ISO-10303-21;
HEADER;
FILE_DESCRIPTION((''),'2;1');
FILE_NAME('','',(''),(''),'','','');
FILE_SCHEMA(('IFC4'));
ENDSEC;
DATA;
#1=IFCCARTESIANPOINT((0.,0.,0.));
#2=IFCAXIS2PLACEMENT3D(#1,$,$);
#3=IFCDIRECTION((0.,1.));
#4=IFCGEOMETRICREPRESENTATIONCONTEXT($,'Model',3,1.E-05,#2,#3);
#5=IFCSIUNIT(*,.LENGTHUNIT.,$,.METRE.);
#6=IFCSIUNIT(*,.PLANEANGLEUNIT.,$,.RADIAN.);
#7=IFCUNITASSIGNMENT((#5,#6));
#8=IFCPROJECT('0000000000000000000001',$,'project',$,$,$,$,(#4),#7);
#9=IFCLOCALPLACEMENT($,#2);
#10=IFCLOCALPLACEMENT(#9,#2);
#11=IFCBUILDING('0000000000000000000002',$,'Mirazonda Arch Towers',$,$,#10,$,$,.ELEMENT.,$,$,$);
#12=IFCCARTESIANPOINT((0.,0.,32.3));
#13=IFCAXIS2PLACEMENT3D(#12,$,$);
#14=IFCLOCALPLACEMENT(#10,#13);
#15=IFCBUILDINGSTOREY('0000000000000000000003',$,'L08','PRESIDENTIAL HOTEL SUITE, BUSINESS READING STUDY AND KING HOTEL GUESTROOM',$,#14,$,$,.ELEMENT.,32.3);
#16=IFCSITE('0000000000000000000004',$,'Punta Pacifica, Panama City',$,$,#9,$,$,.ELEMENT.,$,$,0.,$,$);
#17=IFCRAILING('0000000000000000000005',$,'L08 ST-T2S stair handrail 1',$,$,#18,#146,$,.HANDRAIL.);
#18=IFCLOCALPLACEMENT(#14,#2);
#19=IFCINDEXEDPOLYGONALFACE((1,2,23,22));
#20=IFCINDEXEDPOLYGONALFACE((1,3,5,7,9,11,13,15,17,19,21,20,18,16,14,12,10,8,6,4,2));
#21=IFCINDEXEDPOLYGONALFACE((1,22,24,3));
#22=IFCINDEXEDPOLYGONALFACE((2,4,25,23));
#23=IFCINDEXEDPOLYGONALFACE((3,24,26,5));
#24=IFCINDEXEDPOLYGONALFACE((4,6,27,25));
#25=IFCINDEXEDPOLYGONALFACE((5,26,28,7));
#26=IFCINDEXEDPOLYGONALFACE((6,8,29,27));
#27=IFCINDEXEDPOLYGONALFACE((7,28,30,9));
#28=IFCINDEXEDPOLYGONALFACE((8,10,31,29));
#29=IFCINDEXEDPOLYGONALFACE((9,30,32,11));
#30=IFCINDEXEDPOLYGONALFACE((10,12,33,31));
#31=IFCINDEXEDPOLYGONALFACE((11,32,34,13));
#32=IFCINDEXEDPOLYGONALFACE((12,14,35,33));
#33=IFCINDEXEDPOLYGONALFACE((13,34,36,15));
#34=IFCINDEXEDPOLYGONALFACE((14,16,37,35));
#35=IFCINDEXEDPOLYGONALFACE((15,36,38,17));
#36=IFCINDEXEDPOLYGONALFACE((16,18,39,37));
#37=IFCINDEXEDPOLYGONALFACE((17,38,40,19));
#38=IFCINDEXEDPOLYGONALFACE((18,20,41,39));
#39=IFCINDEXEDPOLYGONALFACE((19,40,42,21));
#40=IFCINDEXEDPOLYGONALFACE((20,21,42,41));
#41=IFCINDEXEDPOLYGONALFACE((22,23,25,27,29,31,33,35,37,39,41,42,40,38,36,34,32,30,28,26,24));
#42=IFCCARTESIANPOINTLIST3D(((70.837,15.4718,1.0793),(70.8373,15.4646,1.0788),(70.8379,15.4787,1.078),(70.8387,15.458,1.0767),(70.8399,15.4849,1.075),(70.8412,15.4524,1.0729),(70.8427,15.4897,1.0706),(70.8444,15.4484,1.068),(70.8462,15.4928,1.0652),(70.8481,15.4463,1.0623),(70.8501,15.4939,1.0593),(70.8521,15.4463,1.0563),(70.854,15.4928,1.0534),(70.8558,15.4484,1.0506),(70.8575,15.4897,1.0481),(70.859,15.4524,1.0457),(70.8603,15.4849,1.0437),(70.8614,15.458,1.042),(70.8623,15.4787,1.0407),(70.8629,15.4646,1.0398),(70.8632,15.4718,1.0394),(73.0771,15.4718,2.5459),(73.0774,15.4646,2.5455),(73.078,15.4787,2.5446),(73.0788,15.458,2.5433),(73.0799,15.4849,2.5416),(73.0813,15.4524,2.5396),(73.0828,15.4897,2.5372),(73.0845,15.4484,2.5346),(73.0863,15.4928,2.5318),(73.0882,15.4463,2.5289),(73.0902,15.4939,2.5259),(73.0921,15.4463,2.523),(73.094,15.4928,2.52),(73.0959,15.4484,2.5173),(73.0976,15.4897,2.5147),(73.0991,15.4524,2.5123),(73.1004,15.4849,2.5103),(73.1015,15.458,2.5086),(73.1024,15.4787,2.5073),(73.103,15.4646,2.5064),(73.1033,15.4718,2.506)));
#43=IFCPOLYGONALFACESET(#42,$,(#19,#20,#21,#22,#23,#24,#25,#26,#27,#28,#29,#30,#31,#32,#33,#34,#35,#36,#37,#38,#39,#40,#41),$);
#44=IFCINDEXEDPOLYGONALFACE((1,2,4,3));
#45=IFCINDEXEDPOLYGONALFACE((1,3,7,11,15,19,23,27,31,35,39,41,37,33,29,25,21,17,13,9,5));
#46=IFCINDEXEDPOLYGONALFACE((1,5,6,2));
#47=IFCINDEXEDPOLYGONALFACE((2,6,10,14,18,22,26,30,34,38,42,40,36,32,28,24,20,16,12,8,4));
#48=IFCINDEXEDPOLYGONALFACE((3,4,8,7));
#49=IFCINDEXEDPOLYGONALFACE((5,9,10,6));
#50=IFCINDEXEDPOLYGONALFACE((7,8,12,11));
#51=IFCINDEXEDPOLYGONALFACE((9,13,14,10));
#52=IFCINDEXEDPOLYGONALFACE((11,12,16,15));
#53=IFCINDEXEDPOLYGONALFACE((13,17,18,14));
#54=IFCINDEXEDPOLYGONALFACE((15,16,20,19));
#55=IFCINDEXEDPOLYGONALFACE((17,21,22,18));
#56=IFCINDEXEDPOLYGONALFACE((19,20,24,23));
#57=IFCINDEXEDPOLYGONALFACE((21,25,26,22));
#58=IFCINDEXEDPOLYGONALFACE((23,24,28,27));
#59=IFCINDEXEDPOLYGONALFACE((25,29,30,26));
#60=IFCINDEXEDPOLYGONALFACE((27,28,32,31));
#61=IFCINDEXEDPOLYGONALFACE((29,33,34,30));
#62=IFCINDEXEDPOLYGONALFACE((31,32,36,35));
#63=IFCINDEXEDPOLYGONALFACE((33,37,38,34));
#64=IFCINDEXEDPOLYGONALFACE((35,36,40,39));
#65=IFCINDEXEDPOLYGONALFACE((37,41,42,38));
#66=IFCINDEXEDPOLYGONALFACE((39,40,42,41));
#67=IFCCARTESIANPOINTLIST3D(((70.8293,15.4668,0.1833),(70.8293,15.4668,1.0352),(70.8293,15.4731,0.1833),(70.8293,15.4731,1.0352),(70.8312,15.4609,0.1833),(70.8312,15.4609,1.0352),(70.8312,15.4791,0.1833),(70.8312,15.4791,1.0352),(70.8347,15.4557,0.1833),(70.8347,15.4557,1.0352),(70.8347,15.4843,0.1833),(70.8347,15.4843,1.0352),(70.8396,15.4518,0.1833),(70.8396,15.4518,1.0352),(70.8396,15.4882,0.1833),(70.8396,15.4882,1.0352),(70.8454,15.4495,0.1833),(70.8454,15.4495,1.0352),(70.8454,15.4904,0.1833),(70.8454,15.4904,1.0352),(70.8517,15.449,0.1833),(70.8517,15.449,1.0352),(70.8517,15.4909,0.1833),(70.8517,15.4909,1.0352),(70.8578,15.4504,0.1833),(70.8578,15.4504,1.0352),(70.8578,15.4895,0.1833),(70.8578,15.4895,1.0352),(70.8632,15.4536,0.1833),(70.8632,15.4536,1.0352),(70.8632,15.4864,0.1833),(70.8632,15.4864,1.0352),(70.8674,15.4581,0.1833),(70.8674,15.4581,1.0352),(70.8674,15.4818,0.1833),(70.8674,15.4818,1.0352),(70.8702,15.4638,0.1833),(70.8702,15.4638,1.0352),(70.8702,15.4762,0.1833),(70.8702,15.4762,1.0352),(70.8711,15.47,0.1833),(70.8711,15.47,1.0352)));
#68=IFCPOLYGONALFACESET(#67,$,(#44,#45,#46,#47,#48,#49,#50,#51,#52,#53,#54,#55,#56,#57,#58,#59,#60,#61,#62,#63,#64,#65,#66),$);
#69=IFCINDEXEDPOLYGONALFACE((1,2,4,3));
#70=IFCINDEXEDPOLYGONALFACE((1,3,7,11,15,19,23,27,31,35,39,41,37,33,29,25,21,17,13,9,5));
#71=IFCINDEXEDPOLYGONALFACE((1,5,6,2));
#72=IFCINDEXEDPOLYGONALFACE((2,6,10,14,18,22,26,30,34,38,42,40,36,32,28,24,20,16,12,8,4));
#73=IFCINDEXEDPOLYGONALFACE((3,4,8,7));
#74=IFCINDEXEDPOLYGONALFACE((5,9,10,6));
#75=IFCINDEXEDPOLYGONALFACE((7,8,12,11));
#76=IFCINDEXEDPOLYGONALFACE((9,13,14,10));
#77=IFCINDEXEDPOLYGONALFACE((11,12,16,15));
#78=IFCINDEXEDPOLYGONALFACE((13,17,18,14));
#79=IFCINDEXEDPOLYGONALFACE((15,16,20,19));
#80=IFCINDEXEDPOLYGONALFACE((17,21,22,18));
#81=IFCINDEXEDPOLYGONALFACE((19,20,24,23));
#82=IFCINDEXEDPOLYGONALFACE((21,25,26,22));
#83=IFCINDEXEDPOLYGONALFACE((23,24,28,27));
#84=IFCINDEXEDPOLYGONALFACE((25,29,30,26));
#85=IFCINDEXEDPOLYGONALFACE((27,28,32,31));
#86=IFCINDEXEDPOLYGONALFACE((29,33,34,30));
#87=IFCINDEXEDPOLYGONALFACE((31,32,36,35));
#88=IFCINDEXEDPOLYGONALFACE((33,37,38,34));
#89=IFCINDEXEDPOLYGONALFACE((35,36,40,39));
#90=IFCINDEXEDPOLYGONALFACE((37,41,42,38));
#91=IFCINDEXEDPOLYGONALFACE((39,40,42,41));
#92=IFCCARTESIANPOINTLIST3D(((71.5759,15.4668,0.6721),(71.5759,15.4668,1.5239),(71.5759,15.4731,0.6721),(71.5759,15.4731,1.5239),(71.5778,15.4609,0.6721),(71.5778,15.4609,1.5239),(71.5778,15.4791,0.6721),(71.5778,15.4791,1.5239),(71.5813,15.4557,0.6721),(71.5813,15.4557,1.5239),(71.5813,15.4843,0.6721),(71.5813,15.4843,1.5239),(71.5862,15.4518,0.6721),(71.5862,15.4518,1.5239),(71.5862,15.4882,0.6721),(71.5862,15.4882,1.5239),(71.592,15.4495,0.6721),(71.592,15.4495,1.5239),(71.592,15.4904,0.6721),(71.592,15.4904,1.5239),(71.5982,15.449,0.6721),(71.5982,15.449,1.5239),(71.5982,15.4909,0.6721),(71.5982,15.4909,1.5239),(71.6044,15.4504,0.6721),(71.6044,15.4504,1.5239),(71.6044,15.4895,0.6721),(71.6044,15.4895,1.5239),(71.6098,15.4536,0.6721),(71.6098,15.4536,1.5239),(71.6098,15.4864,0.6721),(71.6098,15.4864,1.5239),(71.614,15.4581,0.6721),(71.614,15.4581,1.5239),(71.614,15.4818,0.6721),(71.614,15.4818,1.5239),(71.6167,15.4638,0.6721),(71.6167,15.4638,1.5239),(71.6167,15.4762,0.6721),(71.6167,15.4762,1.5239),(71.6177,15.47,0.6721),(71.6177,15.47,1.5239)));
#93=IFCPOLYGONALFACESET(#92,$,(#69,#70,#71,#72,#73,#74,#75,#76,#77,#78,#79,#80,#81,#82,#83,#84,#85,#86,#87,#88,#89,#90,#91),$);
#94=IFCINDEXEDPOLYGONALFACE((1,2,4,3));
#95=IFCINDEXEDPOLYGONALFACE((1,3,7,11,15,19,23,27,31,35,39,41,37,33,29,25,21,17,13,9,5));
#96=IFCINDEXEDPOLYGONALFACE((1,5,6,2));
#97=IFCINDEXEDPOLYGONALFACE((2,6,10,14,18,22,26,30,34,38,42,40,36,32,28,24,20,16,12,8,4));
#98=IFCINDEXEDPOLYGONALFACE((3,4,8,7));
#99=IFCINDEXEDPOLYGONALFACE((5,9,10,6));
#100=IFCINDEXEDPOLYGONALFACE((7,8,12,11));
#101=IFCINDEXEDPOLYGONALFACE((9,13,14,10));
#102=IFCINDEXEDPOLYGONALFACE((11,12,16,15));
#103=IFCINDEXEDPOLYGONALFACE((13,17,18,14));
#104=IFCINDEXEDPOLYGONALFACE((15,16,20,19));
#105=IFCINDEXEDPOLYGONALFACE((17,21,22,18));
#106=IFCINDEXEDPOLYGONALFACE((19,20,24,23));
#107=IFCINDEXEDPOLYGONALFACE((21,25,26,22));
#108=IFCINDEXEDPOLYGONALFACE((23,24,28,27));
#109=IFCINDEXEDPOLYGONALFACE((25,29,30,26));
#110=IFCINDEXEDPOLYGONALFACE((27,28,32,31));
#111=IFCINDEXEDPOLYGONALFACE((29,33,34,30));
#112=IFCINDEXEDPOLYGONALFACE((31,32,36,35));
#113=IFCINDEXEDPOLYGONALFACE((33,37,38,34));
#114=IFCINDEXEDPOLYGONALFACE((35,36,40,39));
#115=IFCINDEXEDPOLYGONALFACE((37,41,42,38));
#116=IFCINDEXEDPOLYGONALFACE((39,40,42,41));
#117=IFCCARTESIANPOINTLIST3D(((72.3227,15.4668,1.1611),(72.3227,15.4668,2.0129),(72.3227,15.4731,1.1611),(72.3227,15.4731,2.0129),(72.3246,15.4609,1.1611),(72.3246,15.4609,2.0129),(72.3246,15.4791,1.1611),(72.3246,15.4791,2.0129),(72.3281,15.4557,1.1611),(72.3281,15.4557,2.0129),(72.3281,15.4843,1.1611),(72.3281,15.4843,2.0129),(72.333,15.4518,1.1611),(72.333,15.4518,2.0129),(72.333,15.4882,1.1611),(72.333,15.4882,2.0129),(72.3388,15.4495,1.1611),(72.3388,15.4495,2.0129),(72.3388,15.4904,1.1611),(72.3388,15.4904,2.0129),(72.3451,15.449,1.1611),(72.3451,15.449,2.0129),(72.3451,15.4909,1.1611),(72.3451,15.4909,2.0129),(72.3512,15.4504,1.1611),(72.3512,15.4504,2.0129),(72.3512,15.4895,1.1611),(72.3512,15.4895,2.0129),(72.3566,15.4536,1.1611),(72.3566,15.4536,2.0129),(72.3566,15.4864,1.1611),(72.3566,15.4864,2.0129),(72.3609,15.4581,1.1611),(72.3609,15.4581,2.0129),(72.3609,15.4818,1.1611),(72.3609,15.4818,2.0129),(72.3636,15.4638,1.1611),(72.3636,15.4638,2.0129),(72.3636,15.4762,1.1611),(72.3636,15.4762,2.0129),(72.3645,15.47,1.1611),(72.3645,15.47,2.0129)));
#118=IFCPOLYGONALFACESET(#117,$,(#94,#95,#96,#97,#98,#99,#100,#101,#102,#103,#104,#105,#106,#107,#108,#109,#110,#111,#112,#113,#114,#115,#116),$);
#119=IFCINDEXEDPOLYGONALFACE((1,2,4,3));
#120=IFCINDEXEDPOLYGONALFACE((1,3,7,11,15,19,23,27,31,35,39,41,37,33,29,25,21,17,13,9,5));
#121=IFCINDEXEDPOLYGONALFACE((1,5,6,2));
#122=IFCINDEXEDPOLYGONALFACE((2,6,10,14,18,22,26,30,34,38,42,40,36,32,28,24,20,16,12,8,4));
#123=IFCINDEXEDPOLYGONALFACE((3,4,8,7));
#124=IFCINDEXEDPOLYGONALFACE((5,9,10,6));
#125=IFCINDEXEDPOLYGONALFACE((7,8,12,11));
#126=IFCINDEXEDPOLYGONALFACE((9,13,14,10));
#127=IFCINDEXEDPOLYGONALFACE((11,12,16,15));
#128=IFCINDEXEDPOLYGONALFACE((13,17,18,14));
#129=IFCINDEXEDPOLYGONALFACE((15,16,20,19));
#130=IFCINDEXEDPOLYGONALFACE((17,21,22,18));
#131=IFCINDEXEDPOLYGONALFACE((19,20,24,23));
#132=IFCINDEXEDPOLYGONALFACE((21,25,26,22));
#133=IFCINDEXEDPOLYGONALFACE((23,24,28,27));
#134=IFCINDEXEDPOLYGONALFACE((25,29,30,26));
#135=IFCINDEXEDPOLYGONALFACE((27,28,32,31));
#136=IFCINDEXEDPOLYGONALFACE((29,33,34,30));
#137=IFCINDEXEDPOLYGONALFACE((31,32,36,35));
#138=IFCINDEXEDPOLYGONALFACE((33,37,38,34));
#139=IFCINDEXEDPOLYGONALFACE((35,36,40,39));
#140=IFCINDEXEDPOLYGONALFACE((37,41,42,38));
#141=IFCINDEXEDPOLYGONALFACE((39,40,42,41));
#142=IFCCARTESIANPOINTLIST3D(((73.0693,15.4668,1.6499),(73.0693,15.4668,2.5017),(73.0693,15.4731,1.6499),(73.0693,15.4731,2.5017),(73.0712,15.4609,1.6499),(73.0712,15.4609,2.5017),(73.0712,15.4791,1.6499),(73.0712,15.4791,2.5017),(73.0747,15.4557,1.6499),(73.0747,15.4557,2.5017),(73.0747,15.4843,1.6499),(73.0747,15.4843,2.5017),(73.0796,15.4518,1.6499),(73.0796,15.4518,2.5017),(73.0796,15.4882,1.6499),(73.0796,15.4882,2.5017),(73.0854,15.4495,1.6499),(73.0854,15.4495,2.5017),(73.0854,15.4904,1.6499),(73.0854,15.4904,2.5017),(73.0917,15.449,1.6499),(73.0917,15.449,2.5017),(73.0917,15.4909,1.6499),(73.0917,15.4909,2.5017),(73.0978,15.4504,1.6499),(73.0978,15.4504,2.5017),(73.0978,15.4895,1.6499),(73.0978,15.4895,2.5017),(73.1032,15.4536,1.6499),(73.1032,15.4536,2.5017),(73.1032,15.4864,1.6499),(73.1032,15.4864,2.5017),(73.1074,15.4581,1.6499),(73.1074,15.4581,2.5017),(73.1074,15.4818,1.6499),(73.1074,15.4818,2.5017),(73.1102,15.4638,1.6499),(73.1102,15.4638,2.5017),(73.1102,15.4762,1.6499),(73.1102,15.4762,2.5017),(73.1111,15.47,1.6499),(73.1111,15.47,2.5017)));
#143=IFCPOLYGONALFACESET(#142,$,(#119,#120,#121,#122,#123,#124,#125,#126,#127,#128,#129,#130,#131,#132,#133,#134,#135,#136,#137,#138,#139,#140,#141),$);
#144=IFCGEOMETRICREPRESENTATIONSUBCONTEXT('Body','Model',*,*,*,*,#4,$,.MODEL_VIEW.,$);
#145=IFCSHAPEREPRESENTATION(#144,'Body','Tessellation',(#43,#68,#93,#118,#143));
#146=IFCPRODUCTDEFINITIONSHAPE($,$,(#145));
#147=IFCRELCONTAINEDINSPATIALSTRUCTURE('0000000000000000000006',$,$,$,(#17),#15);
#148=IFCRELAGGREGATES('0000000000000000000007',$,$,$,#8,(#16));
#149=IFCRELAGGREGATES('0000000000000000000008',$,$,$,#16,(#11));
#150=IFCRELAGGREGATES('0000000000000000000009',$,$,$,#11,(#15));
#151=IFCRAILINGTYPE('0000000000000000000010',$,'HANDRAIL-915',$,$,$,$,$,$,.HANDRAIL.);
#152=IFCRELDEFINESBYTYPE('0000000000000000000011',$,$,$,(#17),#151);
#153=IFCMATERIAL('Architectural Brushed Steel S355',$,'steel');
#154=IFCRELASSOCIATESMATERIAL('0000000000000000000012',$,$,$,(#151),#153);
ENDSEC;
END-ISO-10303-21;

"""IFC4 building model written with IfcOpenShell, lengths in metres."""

from ifc_helpers import new_model, si_unit, direction, frame, origin, origin_2d, place, context, subcontext, project, spatial, circle, extrude, material, type_object, element, save


model = new_model("IFC4")

# Units and contexts
model_context = context("Model", 3, precision=1e-05, world=origin(), true_north=direction((0.0, 1.0)))
body_context = subcontext(model_context, "Body", "Model", "MODEL_VIEW")
ifc_project = project(units=[si_unit("LENGTHUNIT", "METRE"), si_unit("PLANEANGLEUNIT", "RADIAN")], contexts=[model_context])

# Site, building, storey
site_placement = place(None, origin())
site = spatial("IfcSite", under=ifc_project, at=site_placement, Name="Punta Pacifica, Panama City", CompositionType="ELEMENT", RefElevation=0.0)
building_placement = place(site_placement, origin())
building = spatial("IfcBuilding", under=site, at=building_placement, Name="Mirazonda Arch Towers", CompositionType="ELEMENT")
storey_placement = place(building_placement, frame((0.0, 0.0, 32.3)))
storey = spatial("IfcBuildingStorey", under=building, at=storey_placement, Name="L08", Description="PRESIDENTIAL HOTEL SUITE, BUSINESS READING STUDY AND KING HOTEL GUESTROOM", CompositionType="ELEMENT", Elevation=32.3)

# Railing
ifc_material_1 = material(Name="Architectural Brushed Steel S355", Category="steel")
railing_type_1 = type_object("IfcRailingType", Name="HANDRAIL-915", PredefinedType="HANDRAIL", material=ifc_material_1)
railing_1_placement = place(storey_placement, frame((70.8501, 15.47, 0.1833)))
element("IfcRailing", 1, at=railing_1_placement, inside=storey, type_object=railing_type_1, Name="L08 ST-T2S stair handrail 1", PredefinedType="HANDRAIL", context=body_context, shape_type="SweptSolid", body=[
    extrude(circle(Radius=0.0239, at=origin_2d()), frame((0.0, 0.0, 0.876), z_axis=(0.836637, 0.0, 0.547758), x_axis=(0.0, 1.0, 0.0)), (0.0, 0.0, 1.0), 2.6775),
    extrude(circle(Radius=0.021, at=origin_2d()), origin(), (0.0, 0.0, 1.0), 0.8518),
    extrude(circle(Radius=0.021, at=origin_2d()), frame((0.7466, 0.0, 0.4888)), (0.0, 0.0, 1.0), 0.8518),
    extrude(circle(Radius=0.021, at=origin_2d()), frame((1.4934, 0.0, 0.9778)), (0.0, 0.0, 1.0), 0.8518),
    extrude(circle(Radius=0.021, at=origin_2d()), frame((2.24, 0.0, 1.4666)), (0.0, 0.0, 1.0), 0.8518),
])

save(model, "model.ifc")
